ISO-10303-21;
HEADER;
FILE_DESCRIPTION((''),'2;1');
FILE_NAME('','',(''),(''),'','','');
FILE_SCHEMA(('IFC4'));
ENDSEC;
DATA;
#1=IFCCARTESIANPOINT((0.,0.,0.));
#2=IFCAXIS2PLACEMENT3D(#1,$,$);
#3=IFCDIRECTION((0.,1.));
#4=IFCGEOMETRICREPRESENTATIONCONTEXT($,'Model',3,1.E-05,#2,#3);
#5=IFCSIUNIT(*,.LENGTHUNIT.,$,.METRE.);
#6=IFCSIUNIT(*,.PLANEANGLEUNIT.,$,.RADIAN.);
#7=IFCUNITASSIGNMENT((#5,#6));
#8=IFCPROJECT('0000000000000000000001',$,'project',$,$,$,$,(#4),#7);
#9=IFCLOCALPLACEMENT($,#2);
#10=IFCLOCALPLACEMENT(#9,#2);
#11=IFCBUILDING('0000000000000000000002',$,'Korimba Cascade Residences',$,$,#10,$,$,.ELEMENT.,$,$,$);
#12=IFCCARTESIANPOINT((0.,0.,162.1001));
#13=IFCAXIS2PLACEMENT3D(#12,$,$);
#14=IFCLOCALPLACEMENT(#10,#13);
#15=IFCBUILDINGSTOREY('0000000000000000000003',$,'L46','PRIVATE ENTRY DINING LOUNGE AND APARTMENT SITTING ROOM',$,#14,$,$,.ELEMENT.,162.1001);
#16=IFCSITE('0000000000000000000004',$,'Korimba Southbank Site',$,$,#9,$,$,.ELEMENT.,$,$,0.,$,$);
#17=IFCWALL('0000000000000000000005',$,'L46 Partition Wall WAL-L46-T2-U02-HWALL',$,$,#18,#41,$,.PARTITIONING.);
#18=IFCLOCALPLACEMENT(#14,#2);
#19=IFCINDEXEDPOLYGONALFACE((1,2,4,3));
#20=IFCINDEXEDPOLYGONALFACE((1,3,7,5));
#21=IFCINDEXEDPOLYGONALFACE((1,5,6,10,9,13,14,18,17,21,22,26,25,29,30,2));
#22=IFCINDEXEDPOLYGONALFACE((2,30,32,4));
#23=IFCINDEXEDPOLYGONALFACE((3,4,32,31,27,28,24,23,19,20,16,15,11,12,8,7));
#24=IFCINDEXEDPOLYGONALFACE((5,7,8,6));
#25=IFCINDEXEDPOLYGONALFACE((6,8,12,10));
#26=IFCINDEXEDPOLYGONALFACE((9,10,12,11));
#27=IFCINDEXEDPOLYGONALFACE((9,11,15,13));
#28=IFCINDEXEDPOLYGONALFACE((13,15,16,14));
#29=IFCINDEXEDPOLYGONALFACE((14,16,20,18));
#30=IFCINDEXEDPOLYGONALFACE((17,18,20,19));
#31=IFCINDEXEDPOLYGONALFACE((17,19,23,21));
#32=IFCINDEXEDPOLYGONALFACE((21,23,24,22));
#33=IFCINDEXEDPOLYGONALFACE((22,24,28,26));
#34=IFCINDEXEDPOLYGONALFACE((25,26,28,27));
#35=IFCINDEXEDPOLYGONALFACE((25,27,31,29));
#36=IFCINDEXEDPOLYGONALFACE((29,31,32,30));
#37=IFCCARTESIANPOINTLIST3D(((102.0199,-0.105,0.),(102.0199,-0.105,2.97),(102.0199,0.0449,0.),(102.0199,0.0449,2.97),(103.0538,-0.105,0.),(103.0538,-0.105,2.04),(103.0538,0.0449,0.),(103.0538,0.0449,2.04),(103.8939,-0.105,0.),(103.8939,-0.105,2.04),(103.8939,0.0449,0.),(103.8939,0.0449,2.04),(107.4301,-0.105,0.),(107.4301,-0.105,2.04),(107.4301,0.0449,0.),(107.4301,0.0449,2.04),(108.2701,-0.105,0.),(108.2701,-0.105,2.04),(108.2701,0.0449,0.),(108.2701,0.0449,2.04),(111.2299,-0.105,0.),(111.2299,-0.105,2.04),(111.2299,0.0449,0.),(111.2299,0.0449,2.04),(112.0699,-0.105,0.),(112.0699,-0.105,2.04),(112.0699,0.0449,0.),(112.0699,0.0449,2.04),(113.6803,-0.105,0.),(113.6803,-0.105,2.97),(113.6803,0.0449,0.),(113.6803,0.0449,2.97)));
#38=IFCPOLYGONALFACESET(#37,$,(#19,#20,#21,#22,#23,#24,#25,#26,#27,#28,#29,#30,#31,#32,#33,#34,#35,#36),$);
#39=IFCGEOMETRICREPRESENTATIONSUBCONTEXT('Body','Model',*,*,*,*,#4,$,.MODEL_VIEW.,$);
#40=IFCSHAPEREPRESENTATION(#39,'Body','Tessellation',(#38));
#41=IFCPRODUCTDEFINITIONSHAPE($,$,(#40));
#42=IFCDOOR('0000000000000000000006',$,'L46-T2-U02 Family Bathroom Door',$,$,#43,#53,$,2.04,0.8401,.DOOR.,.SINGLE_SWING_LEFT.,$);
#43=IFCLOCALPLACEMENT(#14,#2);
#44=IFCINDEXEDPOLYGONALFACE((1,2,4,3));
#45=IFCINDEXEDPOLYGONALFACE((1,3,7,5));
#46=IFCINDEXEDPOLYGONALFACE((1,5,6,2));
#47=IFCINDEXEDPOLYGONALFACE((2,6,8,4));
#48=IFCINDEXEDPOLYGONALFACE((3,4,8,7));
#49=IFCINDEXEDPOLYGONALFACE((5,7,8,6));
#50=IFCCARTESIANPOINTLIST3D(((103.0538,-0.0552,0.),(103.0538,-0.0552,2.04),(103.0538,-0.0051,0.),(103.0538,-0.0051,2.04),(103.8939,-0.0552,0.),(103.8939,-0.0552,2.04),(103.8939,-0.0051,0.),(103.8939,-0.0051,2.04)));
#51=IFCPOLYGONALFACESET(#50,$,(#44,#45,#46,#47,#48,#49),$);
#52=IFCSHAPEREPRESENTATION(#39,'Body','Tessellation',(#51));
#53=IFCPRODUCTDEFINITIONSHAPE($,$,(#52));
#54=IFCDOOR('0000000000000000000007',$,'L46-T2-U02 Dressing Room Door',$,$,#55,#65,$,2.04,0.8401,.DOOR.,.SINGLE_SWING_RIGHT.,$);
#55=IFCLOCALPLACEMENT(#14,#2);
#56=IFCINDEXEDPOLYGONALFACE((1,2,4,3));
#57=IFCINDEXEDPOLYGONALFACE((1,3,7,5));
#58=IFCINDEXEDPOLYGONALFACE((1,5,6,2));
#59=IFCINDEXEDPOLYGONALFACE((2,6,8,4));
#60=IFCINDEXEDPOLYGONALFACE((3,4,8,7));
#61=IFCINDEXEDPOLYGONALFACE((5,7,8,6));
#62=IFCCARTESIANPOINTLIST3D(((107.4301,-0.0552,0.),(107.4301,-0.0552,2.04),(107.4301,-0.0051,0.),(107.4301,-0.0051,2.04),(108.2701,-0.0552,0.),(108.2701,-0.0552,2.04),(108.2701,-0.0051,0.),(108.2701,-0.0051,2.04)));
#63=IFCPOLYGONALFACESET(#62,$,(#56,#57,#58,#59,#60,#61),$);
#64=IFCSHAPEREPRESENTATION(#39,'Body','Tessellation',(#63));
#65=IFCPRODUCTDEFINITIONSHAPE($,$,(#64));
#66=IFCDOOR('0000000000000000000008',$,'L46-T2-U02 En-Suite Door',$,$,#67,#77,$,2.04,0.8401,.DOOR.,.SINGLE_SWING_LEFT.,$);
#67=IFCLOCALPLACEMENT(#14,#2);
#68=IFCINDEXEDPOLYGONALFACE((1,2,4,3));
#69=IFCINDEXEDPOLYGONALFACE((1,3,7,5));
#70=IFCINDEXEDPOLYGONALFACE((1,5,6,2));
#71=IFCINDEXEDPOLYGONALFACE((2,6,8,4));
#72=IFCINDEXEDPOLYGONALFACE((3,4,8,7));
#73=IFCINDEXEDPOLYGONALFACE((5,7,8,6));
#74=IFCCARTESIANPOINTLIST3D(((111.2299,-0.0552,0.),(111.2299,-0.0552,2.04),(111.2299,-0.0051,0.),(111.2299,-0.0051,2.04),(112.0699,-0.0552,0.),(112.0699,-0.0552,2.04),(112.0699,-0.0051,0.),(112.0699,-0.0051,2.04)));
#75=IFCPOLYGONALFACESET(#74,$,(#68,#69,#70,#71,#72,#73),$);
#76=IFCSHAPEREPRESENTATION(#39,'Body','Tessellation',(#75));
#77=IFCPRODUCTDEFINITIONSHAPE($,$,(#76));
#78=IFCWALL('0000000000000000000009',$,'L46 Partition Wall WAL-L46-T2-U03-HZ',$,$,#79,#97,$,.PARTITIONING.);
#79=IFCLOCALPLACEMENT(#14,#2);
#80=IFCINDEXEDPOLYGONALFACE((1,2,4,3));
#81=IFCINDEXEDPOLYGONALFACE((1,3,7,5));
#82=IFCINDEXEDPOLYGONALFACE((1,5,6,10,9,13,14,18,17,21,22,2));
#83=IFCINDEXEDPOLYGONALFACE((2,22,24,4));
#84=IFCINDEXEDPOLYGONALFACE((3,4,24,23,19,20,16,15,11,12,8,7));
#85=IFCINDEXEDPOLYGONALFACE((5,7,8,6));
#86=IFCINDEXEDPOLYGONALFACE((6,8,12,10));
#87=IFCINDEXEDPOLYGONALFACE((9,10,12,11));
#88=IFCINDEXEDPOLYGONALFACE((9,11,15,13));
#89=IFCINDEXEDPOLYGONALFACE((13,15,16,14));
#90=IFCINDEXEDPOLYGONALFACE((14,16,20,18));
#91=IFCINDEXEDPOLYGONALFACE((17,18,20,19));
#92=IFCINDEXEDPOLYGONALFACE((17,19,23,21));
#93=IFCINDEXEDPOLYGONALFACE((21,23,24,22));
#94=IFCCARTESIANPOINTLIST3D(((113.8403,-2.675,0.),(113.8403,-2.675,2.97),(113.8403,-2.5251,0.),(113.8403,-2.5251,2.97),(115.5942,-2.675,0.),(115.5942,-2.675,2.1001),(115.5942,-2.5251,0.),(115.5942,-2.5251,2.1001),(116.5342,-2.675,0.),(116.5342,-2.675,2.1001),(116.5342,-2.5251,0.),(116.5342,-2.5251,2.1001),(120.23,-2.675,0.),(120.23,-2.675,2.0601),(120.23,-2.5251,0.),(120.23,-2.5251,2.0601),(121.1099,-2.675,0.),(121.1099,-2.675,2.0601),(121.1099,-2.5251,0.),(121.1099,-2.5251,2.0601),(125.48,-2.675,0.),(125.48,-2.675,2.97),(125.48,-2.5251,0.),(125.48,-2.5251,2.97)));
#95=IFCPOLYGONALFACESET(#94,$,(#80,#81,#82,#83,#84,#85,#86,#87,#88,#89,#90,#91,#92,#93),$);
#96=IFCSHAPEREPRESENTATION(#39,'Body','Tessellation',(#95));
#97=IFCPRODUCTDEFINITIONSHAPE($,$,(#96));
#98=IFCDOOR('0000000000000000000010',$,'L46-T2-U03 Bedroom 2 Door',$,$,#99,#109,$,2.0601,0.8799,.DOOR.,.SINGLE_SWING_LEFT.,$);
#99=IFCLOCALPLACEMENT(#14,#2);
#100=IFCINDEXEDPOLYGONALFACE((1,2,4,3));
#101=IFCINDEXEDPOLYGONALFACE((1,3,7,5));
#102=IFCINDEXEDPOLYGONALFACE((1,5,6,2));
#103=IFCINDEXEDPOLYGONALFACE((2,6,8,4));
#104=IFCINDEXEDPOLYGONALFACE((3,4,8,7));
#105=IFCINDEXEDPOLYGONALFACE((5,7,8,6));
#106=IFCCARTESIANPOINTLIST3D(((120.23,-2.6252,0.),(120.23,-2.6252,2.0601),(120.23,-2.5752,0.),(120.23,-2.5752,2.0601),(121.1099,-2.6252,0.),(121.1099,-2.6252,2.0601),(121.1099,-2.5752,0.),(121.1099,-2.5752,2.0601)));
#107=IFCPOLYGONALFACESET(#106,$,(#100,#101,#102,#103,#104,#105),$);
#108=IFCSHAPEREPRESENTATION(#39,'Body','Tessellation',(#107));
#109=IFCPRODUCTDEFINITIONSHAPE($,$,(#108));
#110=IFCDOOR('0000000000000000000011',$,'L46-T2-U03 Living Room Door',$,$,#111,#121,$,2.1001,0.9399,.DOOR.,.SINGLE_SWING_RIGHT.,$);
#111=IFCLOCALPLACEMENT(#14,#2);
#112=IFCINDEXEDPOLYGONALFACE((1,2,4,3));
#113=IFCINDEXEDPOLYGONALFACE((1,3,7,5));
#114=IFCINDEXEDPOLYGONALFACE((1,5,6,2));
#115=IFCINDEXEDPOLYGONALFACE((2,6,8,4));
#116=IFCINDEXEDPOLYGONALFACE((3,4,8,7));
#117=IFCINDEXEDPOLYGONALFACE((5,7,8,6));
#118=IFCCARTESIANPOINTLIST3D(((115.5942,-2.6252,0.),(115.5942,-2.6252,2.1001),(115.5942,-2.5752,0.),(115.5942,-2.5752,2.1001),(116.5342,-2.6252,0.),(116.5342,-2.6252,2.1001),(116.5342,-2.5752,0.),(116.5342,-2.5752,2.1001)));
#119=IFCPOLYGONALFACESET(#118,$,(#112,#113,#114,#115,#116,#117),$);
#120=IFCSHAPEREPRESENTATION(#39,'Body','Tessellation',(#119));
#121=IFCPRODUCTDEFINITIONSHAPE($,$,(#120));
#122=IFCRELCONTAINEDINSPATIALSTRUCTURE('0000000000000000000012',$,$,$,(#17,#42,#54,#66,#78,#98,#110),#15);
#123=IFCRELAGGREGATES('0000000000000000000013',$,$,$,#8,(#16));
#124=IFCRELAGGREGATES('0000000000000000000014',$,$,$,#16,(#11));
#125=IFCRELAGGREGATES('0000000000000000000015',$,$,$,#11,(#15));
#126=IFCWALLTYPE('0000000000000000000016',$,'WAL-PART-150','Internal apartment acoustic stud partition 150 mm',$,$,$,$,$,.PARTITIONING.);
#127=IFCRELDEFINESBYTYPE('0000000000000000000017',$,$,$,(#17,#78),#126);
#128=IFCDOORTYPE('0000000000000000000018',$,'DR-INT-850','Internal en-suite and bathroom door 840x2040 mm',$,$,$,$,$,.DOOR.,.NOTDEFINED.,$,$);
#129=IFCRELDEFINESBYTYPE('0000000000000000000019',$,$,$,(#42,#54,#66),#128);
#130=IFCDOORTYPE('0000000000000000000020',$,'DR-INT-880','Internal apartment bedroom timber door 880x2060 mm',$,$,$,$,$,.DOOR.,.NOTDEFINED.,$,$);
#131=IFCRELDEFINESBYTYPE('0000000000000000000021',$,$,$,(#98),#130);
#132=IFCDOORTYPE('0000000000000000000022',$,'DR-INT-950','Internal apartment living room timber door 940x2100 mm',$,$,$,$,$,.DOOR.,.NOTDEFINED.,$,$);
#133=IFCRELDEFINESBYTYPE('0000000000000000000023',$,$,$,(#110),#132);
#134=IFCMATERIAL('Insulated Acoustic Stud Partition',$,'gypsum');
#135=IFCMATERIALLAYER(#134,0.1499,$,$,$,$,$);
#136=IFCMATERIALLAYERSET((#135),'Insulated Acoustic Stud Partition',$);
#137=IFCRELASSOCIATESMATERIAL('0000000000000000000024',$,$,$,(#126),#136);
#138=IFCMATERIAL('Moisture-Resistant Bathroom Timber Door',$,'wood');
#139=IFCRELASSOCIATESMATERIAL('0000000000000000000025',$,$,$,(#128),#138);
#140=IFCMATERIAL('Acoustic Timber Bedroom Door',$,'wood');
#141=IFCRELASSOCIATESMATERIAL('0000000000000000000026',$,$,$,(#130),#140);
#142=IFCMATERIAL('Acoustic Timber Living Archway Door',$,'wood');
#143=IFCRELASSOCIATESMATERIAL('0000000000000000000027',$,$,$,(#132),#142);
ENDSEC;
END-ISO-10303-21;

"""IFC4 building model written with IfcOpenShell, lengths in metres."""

from ifc_helpers import new_model, si_unit, direction, frame, frame_2d, origin, place, context, subcontext, project, spatial, rectangle, extrude, material, layer, layer_set, type_object, element, fill, save


model = new_model("IFC4")

# Units and contexts
model_context = context("Model", 3, precision=1e-05, world=origin(), true_north=direction((0.0, 1.0)))
body_context = subcontext(model_context, "Body", "Model", "MODEL_VIEW")
ifc_project = project(units=[si_unit("LENGTHUNIT", "METRE"), si_unit("PLANEANGLEUNIT", "RADIAN")], contexts=[model_context])

# Site, building, storey
site_placement = place(None, origin())
site = spatial("IfcSite", under=ifc_project, at=site_placement, Name="Korimba Southbank Site", CompositionType="ELEMENT", RefElevation=0.0)
building_placement = place(site_placement, origin())
building = spatial("IfcBuilding", under=site, at=building_placement, Name="Korimba Cascade Residences", CompositionType="ELEMENT")
storey_placement = place(building_placement, frame((0.0, 0.0, 162.1001)))
storey = spatial("IfcBuildingStorey", under=building, at=storey_placement, Name="L46", Description="PRIVATE ENTRY DINING LOUNGE AND APARTMENT SITTING ROOM", CompositionType="ELEMENT", Elevation=162.1001)

# Shared definitions
ifc_material_1 = material(Name="Insulated Acoustic Stud Partition", Category="gypsum")
ifc_layer = layer(ifc_material_1, 0.1499)
ifc_layer_set = layer_set([ifc_layer], Name="Insulated Acoustic Stud Partition")
wall_type = type_object("IfcWallType", Name="WAL-PART-150", Description="Internal apartment acoustic stud partition 150 mm", PredefinedType="PARTITIONING", material=ifc_layer_set)
ifc_material_2 = material(Name="Moisture-Resistant Bathroom Timber Door", Category="wood")
door_type_1 = type_object("IfcDoorType", Name="DR-INT-850", Description="Internal en-suite and bathroom door 840x2040 mm", OperationType="NOTDEFINED", PredefinedType="DOOR", material=ifc_material_2)
ifc_material_3 = material(Name="Acoustic Timber Bedroom Door", Category="wood")
door_type_2 = type_object("IfcDoorType", Name="DR-INT-880", Description="Internal apartment bedroom timber door 880x2060 mm", OperationType="NOTDEFINED", PredefinedType="DOOR", material=ifc_material_3)

# Walls, openings, doors
wall_1_placement = place(storey_placement, frame((102.02, -0.03, 0.0), z_axis=(0.0, 0.0, 1.0), x_axis=(1.0, 0.0, 0.0)))
wall_1 = element("IfcWall", 1, at=wall_1_placement, inside=storey, type_object=wall_type, Name="L46 Partition Wall WAL-L46-T2-U02-HWALL", PredefinedType="PARTITIONING", context=body_context, shape_type="SweptSolid", body=[
    extrude(rectangle(XDim=11.6604, YDim=0.1499, at=frame_2d((5.8301, 0.0))), origin(), (0.0, 0.0, 1.0), 2.97),
])
opening_1_placement = place(wall_1_placement, frame((1.0339, 0.0, 0.0)))
opening_1 = element("IfcOpeningElement", 2, at=opening_1_placement, cuts=wall_1, PredefinedType="OPENING", context=body_context, shape_type="SweptSolid", body=[
    extrude(rectangle(XDim=0.8401, YDim=2.04, at=frame_2d((0.4199, 1.02))), frame((0.0, 0.085, 0.0), z_axis=(0.0, -1.0, 0.0), x_axis=(1.0, 0.0, 0.0)), (0.0, 0.0, 1.0), 0.1699),
])
opening_2_placement = place(wall_1_placement, frame((5.4102, 0.0, 0.0)))
opening_2 = element("IfcOpeningElement", 3, at=opening_2_placement, cuts=wall_1, PredefinedType="OPENING", context=body_context, shape_type="SweptSolid", body=[
    extrude(rectangle(XDim=0.8401, YDim=2.04, at=frame_2d((0.4199, 1.02))), frame((0.0, 0.085, 0.0), z_axis=(0.0, -1.0, 0.0), x_axis=(1.0, 0.0, 0.0)), (0.0, 0.0, 1.0), 0.1699),
])
opening_3_placement = place(wall_1_placement, frame((9.21, 0.0, 0.0)))
opening_3 = element("IfcOpeningElement", 4, at=opening_3_placement, cuts=wall_1, PredefinedType="OPENING", context=body_context, shape_type="SweptSolid", body=[
    extrude(rectangle(XDim=0.8401, YDim=2.04, at=frame_2d((0.4199, 1.02))), frame((0.0, 0.085, 0.0), z_axis=(0.0, -1.0, 0.0), x_axis=(1.0, 0.0, 0.0)), (0.0, 0.0, 1.0), 0.1699),
])
door_1_placement = place(opening_1_placement, origin())
door_1 = element("IfcDoor", 5, at=door_1_placement, inside=storey, type_object=door_type_1, Name="L46-T2-U02 Family Bathroom Door", OperationType="SINGLE_SWING_LEFT", OverallHeight=2.04, OverallWidth=0.8401, PredefinedType="DOOR", context=body_context, shape_type="SweptSolid", body=[
    extrude(rectangle(XDim=0.8401, YDim=2.04, at=frame_2d((0.4199, 1.02))), frame((0.0, 0.0249, 0.0), z_axis=(0.0, -1.0, 0.0), x_axis=(1.0, 0.0, 0.0)), (0.0, 0.0, 1.0), 0.05),
])
fill(opening_1, door_1)
door_2_placement = place(opening_2_placement, origin())
door_2 = element("IfcDoor", 6, at=door_2_placement, inside=storey, type_object=door_type_1, Name="L46-T2-U02 Dressing Room Door", OperationType="SINGLE_SWING_RIGHT", OverallHeight=2.04, OverallWidth=0.8401, PredefinedType="DOOR", context=body_context, shape_type="SweptSolid", body=[
    extrude(rectangle(XDim=0.8401, YDim=2.04, at=frame_2d((0.4199, 1.02))), frame((0.0, 0.0249, 0.0), z_axis=(0.0, -1.0, 0.0), x_axis=(1.0, 0.0, 0.0)), (0.0, 0.0, 1.0), 0.05),
])
fill(opening_2, door_2)
door_3_placement = place(opening_3_placement, origin())
door_3 = element("IfcDoor", 7, at=door_3_placement, inside=storey, type_object=door_type_1, Name="L46-T2-U02 En-Suite Door", OperationType="SINGLE_SWING_LEFT", OverallHeight=2.04, OverallWidth=0.8401, PredefinedType="DOOR", context=body_context, shape_type="SweptSolid", body=[
    extrude(rectangle(XDim=0.8401, YDim=2.04, at=frame_2d((0.4199, 1.02))), frame((0.0, 0.0249, 0.0), z_axis=(0.0, -1.0, 0.0), x_axis=(1.0, 0.0, 0.0)), (0.0, 0.0, 1.0), 0.05),
])
fill(opening_3, door_3)
wall_2_placement = place(storey_placement, frame((113.8403, -2.6001, 0.0), z_axis=(0.0, 0.0, 1.0), x_axis=(1.0, 0.0, 0.0)))
wall_2 = element("IfcWall", 8, at=wall_2_placement, inside=storey, type_object=wall_type, Name="L46 Partition Wall WAL-L46-T2-U03-HZ", PredefinedType="PARTITIONING", context=body_context, shape_type="SweptSolid", body=[
    extrude(rectangle(XDim=11.6396, YDim=0.1499, at=frame_2d((5.8198, 0.0))), origin(), (0.0, 0.0, 1.0), 2.97),
])
opening_4_placement = place(wall_2_placement, frame((1.7539, 0.0, 0.0)))
opening_4 = element("IfcOpeningElement", 9, at=opening_4_placement, cuts=wall_2, PredefinedType="OPENING", context=body_context, shape_type="SweptSolid", body=[
    extrude(rectangle(XDim=0.9399, YDim=2.1001, at=frame_2d((0.47, 1.05))), frame((0.0, 0.085, 0.0), z_axis=(0.0, -1.0, 0.0), x_axis=(1.0, 0.0, 0.0)), (0.0, 0.0, 1.0), 0.1699),
])
opening_5_placement = place(wall_2_placement, frame((6.3896, 0.0, 0.0)))
opening_5 = element("IfcOpeningElement", 10, at=opening_5_placement, cuts=wall_2, PredefinedType="OPENING", context=body_context, shape_type="SweptSolid", body=[
    extrude(rectangle(XDim=0.8799, YDim=2.0601, at=frame_2d((0.4399, 1.03))), frame((0.0, 0.085, 0.0), z_axis=(0.0, -1.0, 0.0), x_axis=(1.0, 0.0, 0.0)), (0.0, 0.0, 1.0), 0.1699),
])
door_4_placement = place(opening_5_placement, origin())
door_4 = element("IfcDoor", 11, at=door_4_placement, inside=storey, type_object=door_type_2, Name="L46-T2-U03 Bedroom 2 Door", OperationType="SINGLE_SWING_LEFT", OverallHeight=2.0601, OverallWidth=0.8799, PredefinedType="DOOR", context=body_context, shape_type="SweptSolid", body=[
    extrude(rectangle(XDim=0.8799, YDim=2.0601, at=frame_2d((0.4399, 1.03))), frame((0.0, 0.0249, 0.0), z_axis=(0.0, -1.0, 0.0), x_axis=(1.0, 0.0, 0.0)), (0.0, 0.0, 1.0), 0.05),
])
fill(opening_5, door_4)
ifc_material_4 = material(Name="Acoustic Timber Living Archway Door", Category="wood")
door_type_3 = type_object("IfcDoorType", Name="DR-INT-950", Description="Internal apartment living room timber door 940x2100 mm", OperationType="NOTDEFINED", PredefinedType="DOOR", material=ifc_material_4)
door_5_placement = place(opening_4_placement, origin())
door_5 = element("IfcDoor", 12, at=door_5_placement, inside=storey, type_object=door_type_3, Name="L46-T2-U03 Living Room Door", OperationType="SINGLE_SWING_RIGHT", OverallHeight=2.1001, OverallWidth=0.9399, PredefinedType="DOOR", context=body_context, shape_type="SweptSolid", body=[
    extrude(rectangle(XDim=0.9399, YDim=2.1001, at=frame_2d((0.47, 1.05))), frame((0.0, 0.0249, 0.0), z_axis=(0.0, -1.0, 0.0), x_axis=(1.0, 0.0, 0.0)), (0.0, 0.0, 1.0), 0.05),
])
fill(opening_4, door_5)

save(model, "model.ifc")
